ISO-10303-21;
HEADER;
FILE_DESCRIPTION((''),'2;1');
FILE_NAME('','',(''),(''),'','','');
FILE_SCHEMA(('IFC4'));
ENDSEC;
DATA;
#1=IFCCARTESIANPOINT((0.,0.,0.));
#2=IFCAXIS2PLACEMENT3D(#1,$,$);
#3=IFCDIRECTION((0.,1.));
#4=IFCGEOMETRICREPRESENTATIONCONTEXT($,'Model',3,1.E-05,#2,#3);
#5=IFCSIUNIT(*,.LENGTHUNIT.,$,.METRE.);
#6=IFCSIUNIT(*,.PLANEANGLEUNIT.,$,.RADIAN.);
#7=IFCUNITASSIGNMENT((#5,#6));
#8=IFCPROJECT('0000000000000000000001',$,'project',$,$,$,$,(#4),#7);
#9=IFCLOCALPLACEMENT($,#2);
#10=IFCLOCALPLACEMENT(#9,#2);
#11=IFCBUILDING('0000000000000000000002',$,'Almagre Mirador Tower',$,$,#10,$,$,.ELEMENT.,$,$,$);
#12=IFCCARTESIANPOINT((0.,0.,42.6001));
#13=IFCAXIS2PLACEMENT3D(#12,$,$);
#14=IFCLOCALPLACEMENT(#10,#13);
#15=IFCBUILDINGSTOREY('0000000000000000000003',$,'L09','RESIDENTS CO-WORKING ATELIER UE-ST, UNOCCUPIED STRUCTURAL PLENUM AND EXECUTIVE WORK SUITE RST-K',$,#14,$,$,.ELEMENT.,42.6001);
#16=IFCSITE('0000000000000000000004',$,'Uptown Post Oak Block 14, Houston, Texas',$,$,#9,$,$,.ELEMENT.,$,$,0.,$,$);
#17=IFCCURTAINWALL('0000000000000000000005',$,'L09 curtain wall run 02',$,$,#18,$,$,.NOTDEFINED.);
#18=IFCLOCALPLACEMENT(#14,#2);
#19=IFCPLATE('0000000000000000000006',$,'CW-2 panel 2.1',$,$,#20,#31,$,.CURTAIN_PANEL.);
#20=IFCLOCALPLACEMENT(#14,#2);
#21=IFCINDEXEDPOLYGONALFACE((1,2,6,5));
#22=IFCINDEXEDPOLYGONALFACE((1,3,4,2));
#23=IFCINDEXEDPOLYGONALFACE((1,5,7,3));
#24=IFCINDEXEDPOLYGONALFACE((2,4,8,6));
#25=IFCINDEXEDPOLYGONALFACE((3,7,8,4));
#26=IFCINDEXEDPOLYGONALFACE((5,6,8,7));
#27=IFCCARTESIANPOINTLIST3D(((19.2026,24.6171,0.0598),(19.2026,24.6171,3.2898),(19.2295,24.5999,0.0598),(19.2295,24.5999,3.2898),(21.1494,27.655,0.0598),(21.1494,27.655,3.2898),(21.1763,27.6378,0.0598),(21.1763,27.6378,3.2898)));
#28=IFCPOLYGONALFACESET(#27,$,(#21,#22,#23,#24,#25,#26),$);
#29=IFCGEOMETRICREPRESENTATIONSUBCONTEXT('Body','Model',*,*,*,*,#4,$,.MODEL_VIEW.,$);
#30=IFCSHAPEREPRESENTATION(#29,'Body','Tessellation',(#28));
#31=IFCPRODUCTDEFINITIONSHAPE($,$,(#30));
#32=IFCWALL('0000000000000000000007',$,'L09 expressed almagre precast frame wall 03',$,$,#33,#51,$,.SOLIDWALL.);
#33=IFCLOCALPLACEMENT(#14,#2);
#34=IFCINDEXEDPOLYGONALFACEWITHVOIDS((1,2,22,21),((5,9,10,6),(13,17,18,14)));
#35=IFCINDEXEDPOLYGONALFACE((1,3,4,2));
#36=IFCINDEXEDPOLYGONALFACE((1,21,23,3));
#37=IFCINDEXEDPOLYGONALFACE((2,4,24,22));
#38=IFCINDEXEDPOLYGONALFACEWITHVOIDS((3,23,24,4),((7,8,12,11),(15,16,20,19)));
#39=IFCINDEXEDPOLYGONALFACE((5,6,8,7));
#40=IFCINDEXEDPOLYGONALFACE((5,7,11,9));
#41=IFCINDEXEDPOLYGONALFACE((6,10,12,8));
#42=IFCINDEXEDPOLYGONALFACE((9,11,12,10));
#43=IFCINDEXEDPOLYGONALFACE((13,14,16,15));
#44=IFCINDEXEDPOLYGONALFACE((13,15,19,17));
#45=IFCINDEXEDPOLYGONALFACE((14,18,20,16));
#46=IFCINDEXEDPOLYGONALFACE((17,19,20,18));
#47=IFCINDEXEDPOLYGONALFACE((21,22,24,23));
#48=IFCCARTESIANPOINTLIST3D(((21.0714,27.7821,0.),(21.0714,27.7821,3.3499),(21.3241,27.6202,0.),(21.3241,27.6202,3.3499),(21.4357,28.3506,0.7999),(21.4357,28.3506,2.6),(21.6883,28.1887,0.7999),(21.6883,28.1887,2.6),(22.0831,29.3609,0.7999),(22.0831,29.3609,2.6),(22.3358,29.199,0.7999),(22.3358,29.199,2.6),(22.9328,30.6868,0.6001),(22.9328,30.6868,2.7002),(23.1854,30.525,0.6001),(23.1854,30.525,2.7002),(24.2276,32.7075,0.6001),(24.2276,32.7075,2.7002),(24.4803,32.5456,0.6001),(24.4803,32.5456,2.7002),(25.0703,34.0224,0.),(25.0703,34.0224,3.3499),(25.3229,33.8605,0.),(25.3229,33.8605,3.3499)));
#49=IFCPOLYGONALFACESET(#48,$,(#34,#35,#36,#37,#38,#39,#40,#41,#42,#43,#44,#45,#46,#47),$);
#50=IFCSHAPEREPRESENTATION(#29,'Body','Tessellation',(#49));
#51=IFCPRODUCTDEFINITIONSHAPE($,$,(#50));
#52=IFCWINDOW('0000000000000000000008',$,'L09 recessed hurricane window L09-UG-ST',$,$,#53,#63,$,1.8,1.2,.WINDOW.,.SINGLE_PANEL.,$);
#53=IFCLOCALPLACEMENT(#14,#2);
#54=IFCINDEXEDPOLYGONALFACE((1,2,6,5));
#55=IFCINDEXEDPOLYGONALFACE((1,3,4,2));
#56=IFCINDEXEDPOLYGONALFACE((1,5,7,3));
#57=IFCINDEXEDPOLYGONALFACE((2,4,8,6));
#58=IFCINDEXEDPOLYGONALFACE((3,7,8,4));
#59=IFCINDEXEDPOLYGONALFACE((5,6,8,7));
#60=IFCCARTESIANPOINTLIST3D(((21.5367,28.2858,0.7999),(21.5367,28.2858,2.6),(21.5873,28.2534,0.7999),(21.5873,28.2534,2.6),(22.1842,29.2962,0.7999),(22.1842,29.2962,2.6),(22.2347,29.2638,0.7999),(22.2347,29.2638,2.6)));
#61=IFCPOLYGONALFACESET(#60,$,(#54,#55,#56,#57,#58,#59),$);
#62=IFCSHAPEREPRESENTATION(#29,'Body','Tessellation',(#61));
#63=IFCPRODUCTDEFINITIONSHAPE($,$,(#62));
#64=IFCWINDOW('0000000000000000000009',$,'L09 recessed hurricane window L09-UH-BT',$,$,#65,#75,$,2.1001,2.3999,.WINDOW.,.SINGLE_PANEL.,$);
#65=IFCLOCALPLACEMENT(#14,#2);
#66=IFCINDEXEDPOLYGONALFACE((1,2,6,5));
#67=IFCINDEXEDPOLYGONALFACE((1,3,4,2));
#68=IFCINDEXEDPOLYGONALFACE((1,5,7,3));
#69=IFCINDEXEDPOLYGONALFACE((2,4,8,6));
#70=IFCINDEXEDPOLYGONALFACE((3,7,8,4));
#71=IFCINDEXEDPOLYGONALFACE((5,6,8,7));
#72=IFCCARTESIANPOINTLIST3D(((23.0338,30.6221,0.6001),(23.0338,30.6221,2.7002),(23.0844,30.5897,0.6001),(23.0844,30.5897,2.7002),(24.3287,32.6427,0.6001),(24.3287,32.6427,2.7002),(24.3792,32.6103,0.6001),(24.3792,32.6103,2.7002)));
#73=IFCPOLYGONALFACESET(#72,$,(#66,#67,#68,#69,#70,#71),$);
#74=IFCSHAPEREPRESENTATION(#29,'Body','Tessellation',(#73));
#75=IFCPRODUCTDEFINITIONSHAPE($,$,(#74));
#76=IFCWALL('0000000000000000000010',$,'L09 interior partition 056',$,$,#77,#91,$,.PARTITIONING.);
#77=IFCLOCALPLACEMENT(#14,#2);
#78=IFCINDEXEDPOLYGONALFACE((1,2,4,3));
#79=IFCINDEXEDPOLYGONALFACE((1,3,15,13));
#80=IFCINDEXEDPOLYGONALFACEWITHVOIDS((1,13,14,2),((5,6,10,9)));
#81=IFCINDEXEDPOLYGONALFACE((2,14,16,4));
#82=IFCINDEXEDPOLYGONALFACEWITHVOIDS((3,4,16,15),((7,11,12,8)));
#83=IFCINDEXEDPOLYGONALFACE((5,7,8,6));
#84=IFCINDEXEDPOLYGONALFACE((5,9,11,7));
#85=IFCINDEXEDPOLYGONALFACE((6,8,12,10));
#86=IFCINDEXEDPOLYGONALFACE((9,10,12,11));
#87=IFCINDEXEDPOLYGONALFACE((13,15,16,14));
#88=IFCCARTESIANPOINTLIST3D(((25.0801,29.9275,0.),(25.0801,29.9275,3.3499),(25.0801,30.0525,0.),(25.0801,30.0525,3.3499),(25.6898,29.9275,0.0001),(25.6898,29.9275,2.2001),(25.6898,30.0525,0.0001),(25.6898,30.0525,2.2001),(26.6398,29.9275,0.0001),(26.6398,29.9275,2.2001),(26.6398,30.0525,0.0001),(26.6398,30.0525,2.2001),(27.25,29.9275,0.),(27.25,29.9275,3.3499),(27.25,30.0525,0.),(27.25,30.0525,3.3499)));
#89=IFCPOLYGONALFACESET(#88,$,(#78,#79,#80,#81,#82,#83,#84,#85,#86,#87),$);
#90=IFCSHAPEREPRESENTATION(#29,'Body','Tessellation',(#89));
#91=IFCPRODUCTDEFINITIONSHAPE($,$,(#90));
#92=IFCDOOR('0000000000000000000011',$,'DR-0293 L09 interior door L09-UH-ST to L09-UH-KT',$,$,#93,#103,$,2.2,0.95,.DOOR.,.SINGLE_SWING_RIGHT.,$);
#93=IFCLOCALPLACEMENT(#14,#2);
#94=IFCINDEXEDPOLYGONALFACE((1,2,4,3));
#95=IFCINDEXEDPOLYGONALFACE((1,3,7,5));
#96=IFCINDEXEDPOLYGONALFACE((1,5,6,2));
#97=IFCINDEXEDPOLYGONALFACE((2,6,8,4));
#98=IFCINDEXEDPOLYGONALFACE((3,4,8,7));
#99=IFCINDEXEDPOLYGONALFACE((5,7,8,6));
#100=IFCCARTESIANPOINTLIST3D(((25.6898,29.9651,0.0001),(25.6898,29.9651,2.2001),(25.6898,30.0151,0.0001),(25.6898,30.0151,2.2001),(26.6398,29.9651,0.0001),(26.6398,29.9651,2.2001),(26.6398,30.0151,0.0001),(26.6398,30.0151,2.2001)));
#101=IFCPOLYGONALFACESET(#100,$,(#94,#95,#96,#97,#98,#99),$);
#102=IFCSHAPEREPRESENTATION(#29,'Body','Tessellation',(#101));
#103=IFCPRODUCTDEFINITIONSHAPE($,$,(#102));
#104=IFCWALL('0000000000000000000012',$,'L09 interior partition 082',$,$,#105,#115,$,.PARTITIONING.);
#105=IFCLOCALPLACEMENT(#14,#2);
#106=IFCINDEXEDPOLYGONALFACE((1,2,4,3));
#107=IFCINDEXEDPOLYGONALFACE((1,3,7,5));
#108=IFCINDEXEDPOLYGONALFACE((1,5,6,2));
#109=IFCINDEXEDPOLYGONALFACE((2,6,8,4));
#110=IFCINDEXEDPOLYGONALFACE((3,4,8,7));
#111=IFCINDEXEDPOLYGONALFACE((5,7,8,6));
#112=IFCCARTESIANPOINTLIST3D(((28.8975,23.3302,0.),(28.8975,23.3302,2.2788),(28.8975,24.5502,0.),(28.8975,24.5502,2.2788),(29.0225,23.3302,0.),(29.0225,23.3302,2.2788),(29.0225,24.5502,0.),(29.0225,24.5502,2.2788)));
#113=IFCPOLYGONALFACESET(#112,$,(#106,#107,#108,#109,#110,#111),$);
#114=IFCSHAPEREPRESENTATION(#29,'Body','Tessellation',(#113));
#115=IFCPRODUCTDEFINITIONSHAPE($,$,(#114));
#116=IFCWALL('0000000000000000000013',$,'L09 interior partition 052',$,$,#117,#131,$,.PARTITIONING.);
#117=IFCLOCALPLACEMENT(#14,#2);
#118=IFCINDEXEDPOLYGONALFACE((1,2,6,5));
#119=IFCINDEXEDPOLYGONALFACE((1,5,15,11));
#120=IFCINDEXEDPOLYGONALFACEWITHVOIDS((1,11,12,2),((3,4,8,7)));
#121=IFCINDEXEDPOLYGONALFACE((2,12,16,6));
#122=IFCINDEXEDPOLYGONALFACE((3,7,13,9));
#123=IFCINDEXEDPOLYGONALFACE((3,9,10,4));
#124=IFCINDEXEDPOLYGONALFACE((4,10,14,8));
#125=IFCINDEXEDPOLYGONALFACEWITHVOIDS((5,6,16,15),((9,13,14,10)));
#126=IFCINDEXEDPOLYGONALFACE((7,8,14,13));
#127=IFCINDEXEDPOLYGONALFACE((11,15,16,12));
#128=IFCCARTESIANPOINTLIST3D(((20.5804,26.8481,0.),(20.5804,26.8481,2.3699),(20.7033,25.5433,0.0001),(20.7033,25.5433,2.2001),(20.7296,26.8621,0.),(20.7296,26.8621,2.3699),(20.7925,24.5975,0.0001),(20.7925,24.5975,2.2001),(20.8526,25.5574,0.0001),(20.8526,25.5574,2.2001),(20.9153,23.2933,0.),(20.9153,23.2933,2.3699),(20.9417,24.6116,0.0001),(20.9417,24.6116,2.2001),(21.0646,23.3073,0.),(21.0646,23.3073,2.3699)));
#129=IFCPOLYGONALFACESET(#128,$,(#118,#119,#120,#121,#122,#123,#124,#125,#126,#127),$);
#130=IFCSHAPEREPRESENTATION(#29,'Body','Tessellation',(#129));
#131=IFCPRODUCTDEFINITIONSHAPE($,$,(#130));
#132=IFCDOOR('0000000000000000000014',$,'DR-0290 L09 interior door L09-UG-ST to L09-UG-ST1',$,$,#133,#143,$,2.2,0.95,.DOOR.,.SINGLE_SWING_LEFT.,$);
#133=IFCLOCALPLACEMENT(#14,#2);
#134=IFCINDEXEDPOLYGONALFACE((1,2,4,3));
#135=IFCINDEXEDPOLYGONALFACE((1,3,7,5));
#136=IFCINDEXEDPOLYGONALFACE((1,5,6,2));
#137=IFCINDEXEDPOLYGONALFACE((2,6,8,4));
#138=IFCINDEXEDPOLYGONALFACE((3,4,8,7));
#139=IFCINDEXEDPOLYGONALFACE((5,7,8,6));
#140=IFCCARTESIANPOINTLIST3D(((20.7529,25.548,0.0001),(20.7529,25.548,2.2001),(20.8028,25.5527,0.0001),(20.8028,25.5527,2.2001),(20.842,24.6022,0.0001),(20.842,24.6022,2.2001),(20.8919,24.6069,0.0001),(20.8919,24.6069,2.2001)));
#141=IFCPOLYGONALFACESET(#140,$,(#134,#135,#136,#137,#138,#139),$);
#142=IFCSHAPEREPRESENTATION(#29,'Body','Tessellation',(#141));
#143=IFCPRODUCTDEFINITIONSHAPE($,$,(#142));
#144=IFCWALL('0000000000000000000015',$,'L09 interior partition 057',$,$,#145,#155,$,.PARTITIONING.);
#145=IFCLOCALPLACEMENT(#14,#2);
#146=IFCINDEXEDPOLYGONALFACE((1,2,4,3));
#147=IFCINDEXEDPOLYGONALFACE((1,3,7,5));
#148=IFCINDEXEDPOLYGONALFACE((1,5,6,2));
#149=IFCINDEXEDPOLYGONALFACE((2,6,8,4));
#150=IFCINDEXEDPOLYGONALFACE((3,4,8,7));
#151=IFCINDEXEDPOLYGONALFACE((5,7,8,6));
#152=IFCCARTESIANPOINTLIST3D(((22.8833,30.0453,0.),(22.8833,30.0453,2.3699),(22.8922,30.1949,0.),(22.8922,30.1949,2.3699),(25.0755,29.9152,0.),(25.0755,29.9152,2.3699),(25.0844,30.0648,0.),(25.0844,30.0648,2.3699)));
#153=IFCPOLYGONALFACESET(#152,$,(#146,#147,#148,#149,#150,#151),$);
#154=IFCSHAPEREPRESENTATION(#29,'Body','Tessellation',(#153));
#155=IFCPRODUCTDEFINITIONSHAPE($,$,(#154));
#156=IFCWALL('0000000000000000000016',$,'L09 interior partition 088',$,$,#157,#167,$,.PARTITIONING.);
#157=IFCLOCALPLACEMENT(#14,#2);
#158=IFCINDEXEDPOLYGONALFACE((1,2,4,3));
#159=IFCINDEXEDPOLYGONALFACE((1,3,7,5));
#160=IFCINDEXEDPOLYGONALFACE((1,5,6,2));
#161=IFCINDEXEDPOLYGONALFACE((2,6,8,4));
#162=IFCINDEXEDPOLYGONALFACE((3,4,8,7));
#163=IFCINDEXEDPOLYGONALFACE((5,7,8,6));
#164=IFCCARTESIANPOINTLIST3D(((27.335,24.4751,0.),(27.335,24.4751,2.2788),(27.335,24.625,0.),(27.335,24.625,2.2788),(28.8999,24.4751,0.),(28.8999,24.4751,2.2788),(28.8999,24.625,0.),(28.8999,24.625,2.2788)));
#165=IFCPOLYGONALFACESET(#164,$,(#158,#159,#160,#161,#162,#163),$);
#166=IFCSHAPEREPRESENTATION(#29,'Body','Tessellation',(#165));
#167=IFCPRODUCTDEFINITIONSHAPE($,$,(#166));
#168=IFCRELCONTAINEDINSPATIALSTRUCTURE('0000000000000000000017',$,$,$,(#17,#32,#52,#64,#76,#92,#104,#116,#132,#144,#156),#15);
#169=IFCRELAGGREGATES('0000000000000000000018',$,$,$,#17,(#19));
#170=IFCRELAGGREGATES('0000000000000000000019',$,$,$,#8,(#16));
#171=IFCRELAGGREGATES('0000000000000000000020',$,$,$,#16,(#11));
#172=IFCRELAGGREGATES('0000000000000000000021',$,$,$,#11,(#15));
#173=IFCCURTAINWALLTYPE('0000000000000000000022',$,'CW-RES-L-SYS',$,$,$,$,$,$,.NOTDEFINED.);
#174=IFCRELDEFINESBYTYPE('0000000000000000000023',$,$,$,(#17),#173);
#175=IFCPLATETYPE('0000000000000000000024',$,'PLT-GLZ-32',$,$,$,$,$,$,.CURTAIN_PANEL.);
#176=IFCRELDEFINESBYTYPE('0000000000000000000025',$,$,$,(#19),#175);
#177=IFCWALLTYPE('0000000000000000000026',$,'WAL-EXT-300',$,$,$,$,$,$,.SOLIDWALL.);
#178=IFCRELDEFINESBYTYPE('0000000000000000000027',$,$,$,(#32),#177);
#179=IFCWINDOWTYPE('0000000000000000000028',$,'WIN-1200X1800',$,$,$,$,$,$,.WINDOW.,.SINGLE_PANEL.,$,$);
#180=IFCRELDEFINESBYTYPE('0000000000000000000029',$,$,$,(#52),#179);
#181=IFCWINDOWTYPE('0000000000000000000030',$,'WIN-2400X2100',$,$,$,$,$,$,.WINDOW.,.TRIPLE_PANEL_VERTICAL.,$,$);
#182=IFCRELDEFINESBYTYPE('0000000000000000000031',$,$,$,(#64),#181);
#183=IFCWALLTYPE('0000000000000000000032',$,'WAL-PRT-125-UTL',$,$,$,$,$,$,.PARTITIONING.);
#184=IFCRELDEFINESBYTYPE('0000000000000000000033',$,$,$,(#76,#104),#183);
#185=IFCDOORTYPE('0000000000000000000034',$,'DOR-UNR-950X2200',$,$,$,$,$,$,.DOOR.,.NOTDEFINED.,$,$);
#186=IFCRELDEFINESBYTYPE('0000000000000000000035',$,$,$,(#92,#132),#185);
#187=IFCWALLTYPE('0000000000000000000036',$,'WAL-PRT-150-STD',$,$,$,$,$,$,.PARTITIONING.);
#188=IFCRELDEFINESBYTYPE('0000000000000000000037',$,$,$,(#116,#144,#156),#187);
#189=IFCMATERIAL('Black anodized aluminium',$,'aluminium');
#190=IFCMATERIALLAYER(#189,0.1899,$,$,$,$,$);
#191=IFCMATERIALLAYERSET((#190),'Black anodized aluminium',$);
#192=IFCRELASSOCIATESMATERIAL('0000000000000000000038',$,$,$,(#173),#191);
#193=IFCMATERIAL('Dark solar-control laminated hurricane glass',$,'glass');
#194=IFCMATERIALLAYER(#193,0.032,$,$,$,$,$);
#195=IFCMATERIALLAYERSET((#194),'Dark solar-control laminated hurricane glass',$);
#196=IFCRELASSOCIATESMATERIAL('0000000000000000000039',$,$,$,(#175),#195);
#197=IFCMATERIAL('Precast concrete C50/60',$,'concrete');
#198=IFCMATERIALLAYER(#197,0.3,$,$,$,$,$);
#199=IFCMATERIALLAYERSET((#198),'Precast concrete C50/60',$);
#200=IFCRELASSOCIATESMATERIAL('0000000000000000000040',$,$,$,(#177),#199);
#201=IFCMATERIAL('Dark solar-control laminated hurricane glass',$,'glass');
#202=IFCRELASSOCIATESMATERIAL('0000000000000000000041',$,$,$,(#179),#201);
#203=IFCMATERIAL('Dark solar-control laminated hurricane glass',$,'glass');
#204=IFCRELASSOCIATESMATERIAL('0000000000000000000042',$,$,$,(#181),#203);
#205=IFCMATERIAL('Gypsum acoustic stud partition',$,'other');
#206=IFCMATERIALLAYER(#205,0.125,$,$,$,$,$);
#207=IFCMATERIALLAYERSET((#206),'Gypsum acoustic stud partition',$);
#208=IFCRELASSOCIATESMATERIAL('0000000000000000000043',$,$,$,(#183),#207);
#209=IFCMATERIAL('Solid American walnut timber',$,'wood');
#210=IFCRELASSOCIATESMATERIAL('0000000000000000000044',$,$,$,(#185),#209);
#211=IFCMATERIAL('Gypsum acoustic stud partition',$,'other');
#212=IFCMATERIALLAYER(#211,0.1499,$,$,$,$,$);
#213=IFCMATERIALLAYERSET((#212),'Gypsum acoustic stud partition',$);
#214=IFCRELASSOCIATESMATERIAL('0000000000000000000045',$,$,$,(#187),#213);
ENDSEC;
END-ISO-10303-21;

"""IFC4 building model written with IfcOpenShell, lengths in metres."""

from ifc_helpers import new_model, si_unit, direction, frame, frame_2d, origin, origin_2d, place, context, subcontext, project, spatial, rectangle, extrude, material, layer, layer_set, type_object, element, fill, aggregate, save


model = new_model("IFC4")

# Units and contexts
model_context = context("Model", 3, precision=1e-05, world=origin(), true_north=direction((0.0, 1.0)))
body_context = subcontext(model_context, "Body", "Model", "MODEL_VIEW")
ifc_project = project(units=[si_unit("LENGTHUNIT", "METRE"), si_unit("PLANEANGLEUNIT", "RADIAN")], contexts=[model_context])

# Site, building, storey
site_placement = place(None, origin())
site = spatial("IfcSite", under=ifc_project, at=site_placement, Name="Uptown Post Oak Block 14, Houston, Texas", CompositionType="ELEMENT", RefElevation=0.0)
building_placement = place(site_placement, origin())
building = spatial("IfcBuilding", under=site, at=building_placement, Name="Almagre Mirador Tower", CompositionType="ELEMENT")
storey_placement = place(building_placement, frame((0.0, 0.0, 42.6001)))
storey = spatial("IfcBuildingStorey", under=building, at=storey_placement, Name="L09", Description="RESIDENTS CO-WORKING ATELIER UE-ST, UNOCCUPIED STRUCTURAL PLENUM AND EXECUTIVE WORK SUITE RST-K", CompositionType="ELEMENT", Elevation=42.6001)

# Curtain wall, plate
ifc_material_1 = material(Name="Black anodized aluminium", Category="aluminium")
ifc_layer_1 = layer(ifc_material_1, 0.1899)
ifc_layer_set_1 = layer_set([ifc_layer_1], Name="Black anodized aluminium")
curtain_wall_type = type_object("IfcCurtainWallType", Name="CW-RES-L-SYS", PredefinedType="NOTDEFINED", material=ifc_layer_set_1)
curtain_wall_placement = place(storey_placement, origin())
curtain_wall = element("IfcCurtainWall", 1, at=curtain_wall_placement, inside=storey, type_object=curtain_wall_type, Name="L09 curtain wall run 02", PredefinedType="NOTDEFINED")
ifc_material_2 = material(Name="Dark solar-control laminated hurricane glass", Category="glass")
ifc_layer_2 = layer(ifc_material_2, 0.032)
ifc_layer_set_2 = layer_set([ifc_layer_2], Name="Dark solar-control laminated hurricane glass")
plate_type = type_object("IfcPlateType", Name="PLT-GLZ-32", PredefinedType="CURTAIN_PANEL", material=ifc_layer_set_2)
plate_placement = place(storey_placement, frame((20.1895, 26.1274, 0.0598), z_axis=(0.0, 0.0, 1.0), x_axis=(0.539539, 0.841961, 0.0)))
plate = element("IfcPlate", 2, at=plate_placement, type_object=plate_type, Name="CW-2 panel 2.1", PredefinedType="CURTAIN_PANEL", context=body_context, shape_type="SweptSolid", body=[
    extrude(rectangle(XDim=3.6082, YDim=0.032, at=origin_2d()), origin(), (0.0, 0.0, 1.0), 3.23),
])
aggregate(curtain_wall, [plate])

# Wall, openings, windows
ifc_material_3 = material(Name="Precast concrete C50/60", Category="concrete")
ifc_layer_3 = layer(ifc_material_3, 0.3)
ifc_layer_set_3 = layer_set([ifc_layer_3], Name="Precast concrete C50/60")
wall_type_1 = type_object("IfcWallType", Name="WAL-EXT-300", PredefinedType="SOLIDWALL", material=ifc_layer_set_3)
wall_1_placement = place(storey_placement, frame((21.1978, 27.7012, 0.0), z_axis=(0.0, 0.0, 1.0), x_axis=(0.539535, 0.841963, 0.0)))
wall_1 = element("IfcWall", 3, at=wall_1_placement, inside=storey, type_object=wall_type_1, Name="L09 expressed almagre precast frame wall 03", PredefinedType="SOLIDWALL", context=body_context, shape_type="SweptSolid", body=[
    extrude(rectangle(XDim=7.4116, YDim=0.3, at=frame_2d((3.7058, 0.0))), origin(), (0.0, 0.0, 1.0), 3.3499),
])
opening_1_placement = place(wall_1_placement, frame((0.675, 0.0, 0.8)))
opening_1 = element("IfcOpeningElement", 4, at=opening_1_placement, cuts=wall_1, PredefinedType="OPENING", context=body_context, shape_type="SweptSolid", body=[
    extrude(rectangle(XDim=1.2, YDim=1.8, at=frame_2d((0.6001, 0.8999))), frame((0.0, 0.1599, 0.0), z_axis=(0.0, -1.0, 0.0), x_axis=(1.0, 0.0, 0.0)), (0.0, 0.0, 1.0), 0.32),
])
opening_2_placement = place(wall_1_placement, frame((3.45, 0.0, 0.6001)))
opening_2 = element("IfcOpeningElement", 5, at=opening_2_placement, cuts=wall_1, PredefinedType="OPENING", context=body_context, shape_type="SweptSolid", body=[
    extrude(rectangle(XDim=2.3999, YDim=2.1001, at=frame_2d((1.2, 1.05))), frame((0.0, 0.1599, 0.0), z_axis=(0.0, -1.0, 0.0), x_axis=(1.0, 0.0, 0.0)), (0.0, 0.0, 1.0), 0.32),
])
ifc_material_4 = material(Name="Dark solar-control laminated hurricane glass", Category="glass")
window_type_1 = type_object("IfcWindowType", Name="WIN-1200X1800", PartitioningType="SINGLE_PANEL", PredefinedType="WINDOW", material=ifc_material_4)
window_1_placement = place(opening_1_placement, origin())
window_1 = element("IfcWindow", 6, at=window_1_placement, inside=storey, type_object=window_type_1, Name="L09 recessed hurricane window L09-UG-ST", OverallHeight=1.8, OverallWidth=1.2, PartitioningType="SINGLE_PANEL", PredefinedType="WINDOW", context=body_context, shape_type="SweptSolid", body=[
    extrude(rectangle(XDim=1.2, YDim=1.8, at=frame_2d((0.6001, 0.8999))), frame((0.0, 0.03, 0.0), z_axis=(0.0, -1.0, 0.0), x_axis=(1.0, 0.0, 0.0)), (0.0, 0.0, 1.0), 0.0601),
])
fill(opening_1, window_1)
ifc_material_5 = material(Name="Dark solar-control laminated hurricane glass", Category="glass")
window_type_2 = type_object("IfcWindowType", Name="WIN-2400X2100", PartitioningType="TRIPLE_PANEL_VERTICAL", PredefinedType="WINDOW", material=ifc_material_5)
window_2_placement = place(opening_2_placement, origin())
window_2 = element("IfcWindow", 7, at=window_2_placement, inside=storey, type_object=window_type_2, Name="L09 recessed hurricane window L09-UH-BT", OverallHeight=2.1001, OverallWidth=2.3999, PartitioningType="SINGLE_PANEL", PredefinedType="WINDOW", context=body_context, shape_type="SweptSolid", body=[
    extrude(rectangle(XDim=2.3999, YDim=2.1001, at=frame_2d((1.2, 1.05))), frame((0.0, 0.03, 0.0), z_axis=(0.0, -1.0, 0.0), x_axis=(1.0, 0.0, 0.0)), (0.0, 0.0, 1.0), 0.0601),
])
fill(opening_2, window_2)

# Wall, opening, door
ifc_material_6 = material(Name="Gypsum acoustic stud partition", Category="other")
ifc_layer_4 = layer(ifc_material_6, 0.125)
ifc_layer_set_4 = layer_set([ifc_layer_4], Name="Gypsum acoustic stud partition")
wall_type_2 = type_object("IfcWallType", Name="WAL-PRT-125-UTL", PredefinedType="PARTITIONING", material=ifc_layer_set_4)
wall_2_placement = place(storey_placement, frame((27.25, 29.99, 0.0), z_axis=(0.0, 0.0, 1.0), x_axis=(-1.0, 0.0, 0.0)))
wall_2 = element("IfcWall", 8, at=wall_2_placement, inside=storey, type_object=wall_type_2, Name="L09 interior partition 056", PredefinedType="PARTITIONING", context=body_context, shape_type="SweptSolid", body=[
    extrude(rectangle(XDim=2.1699, YDim=0.125, at=frame_2d((1.085, 0.0))), origin(), (0.0, 0.0, 1.0), 3.3499),
])
opening_3_placement = place(wall_2_placement, frame((0.6101, 0.0, 0.0)))
opening_3 = element("IfcOpeningElement", 9, at=opening_3_placement, cuts=wall_2, PredefinedType="OPENING", context=body_context, shape_type="SweptSolid", body=[
    extrude(rectangle(XDim=0.95, YDim=2.2, at=frame_2d((0.4751, 1.1001))), frame((0.0, 0.0725, 0.0), z_axis=(0.0, -1.0, 0.0), x_axis=(1.0, 0.0, 0.0)), (0.0, 0.0, 1.0), 0.145),
])
ifc_material_7 = material(Name="Solid American walnut timber", Category="wood")
door_type = type_object("IfcDoorType", Name="DOR-UNR-950X2200", OperationType="NOTDEFINED", PredefinedType="DOOR", material=ifc_material_7)
door_1_placement = place(opening_3_placement, origin())
door_1 = element("IfcDoor", 10, at=door_1_placement, inside=storey, type_object=door_type, Name="DR-0293 L09 interior door L09-UH-ST to L09-UH-KT", OperationType="SINGLE_SWING_RIGHT", OverallHeight=2.2, OverallWidth=0.95, PredefinedType="DOOR", context=body_context, shape_type="SweptSolid", body=[
    extrude(rectangle(XDim=0.95, YDim=2.2, at=frame_2d((0.4751, 1.1001))), frame((0.0, 0.0249, 0.0), z_axis=(0.0, -1.0, 0.0), x_axis=(1.0, 0.0, 0.0)), (0.0, 0.0, 1.0), 0.05),
])
fill(opening_3, door_1)

# Wall
wall_3_placement = place(storey_placement, frame((28.96, 24.55, 0.0), z_axis=(0.0, 0.0, 1.0), x_axis=(0.0, -1.0, 0.0)))
element("IfcWall", 11, at=wall_3_placement, inside=storey, type_object=wall_type_2, Name="L09 interior partition 082", PredefinedType="PARTITIONING", context=body_context, shape_type="SweptSolid", body=[
    extrude(rectangle(XDim=1.22, YDim=0.125, at=frame_2d((0.6099, 0.0))), origin(), (0.0, 0.0, 1.0), 2.2788),
])

# Wall, opening, door
ifc_material_8 = material(Name="Gypsum acoustic stud partition", Category="other")
ifc_layer_5 = layer(ifc_material_8, 0.1499)
ifc_layer_set_5 = layer_set([ifc_layer_5], Name="Gypsum acoustic stud partition")
wall_type_3 = type_object("IfcWallType", Name="WAL-PRT-150-STD", PredefinedType="PARTITIONING", material=ifc_layer_set_5)
wall_4_placement = place(storey_placement, frame((20.655, 26.855, 0.0), z_axis=(0.0, 0.0, 1.0), x_axis=(0.093809, -0.99559, 0.0)))
wall_4 = element("IfcWall", 12, at=wall_4_placement, inside=storey, type_object=wall_type_3, Name="L09 interior partition 052", PredefinedType="PARTITIONING", context=body_context, shape_type="SweptSolid", body=[
    extrude(rectangle(XDim=3.5706, YDim=0.1499, at=frame_2d((1.7852, 0.0))), origin(), (0.0, 0.0, 1.0), 2.3699),
])
opening_4_placement = place(wall_4_placement, frame((1.3103, 0.0, 0.0)))
opening_4 = element("IfcOpeningElement", 13, at=opening_4_placement, cuts=wall_4, PredefinedType="OPENING", context=body_context, shape_type="SweptSolid", body=[
    extrude(rectangle(XDim=0.95, YDim=2.2, at=frame_2d((0.4751, 1.1001))), frame((0.0, 0.085, 0.0), z_axis=(0.0, -1.0, 0.0), x_axis=(1.0, 0.0, 0.0)), (0.0, 0.0, 1.0), 0.1699),
])
door_2_placement = place(opening_4_placement, origin())
door_2 = element("IfcDoor", 14, at=door_2_placement, inside=storey, type_object=door_type, Name="DR-0290 L09 interior door L09-UG-ST to L09-UG-ST1", OperationType="SINGLE_SWING_LEFT", OverallHeight=2.2, OverallWidth=0.95, PredefinedType="DOOR", context=body_context, shape_type="SweptSolid", body=[
    extrude(rectangle(XDim=0.95, YDim=2.2, at=frame_2d((0.4751, 1.1001))), frame((0.0, 0.0249, 0.0), z_axis=(0.0, -1.0, 0.0), x_axis=(1.0, 0.0, 0.0)), (0.0, 0.0, 1.0), 0.05),
])
fill(opening_4, door_2)

# Walls
wall_5_placement = place(storey_placement, frame((25.0801, 29.99, 0.0), z_axis=(0.0, 0.0, 1.0), x_axis=(-0.998243, 0.059256, 0.0)))
element("IfcWall", 15, at=wall_5_placement, inside=storey, type_object=wall_type_3, Name="L09 interior partition 057", PredefinedType="PARTITIONING", context=body_context, shape_type="SweptSolid", body=[
    extrude(rectangle(XDim=2.196, YDim=0.1499, at=frame_2d((1.0981, 0.0))), origin(), (0.0, 0.0, 1.0), 2.3699),
])
wall_6_placement = place(storey_placement, frame((27.335, 24.55, 0.0), z_axis=(0.0, 0.0, 1.0), x_axis=(1.0, 0.0, 0.0)))
element("IfcWall", 16, at=wall_6_placement, inside=storey, type_object=wall_type_3, Name="L09 interior partition 088", PredefinedType="PARTITIONING", context=body_context, shape_type="SweptSolid", body=[
    extrude(rectangle(XDim=1.5649, YDim=0.1499, at=frame_2d((0.7825, 0.0))), origin(), (0.0, 0.0, 1.0), 2.2788),
])

save(model, "model.ifc")
